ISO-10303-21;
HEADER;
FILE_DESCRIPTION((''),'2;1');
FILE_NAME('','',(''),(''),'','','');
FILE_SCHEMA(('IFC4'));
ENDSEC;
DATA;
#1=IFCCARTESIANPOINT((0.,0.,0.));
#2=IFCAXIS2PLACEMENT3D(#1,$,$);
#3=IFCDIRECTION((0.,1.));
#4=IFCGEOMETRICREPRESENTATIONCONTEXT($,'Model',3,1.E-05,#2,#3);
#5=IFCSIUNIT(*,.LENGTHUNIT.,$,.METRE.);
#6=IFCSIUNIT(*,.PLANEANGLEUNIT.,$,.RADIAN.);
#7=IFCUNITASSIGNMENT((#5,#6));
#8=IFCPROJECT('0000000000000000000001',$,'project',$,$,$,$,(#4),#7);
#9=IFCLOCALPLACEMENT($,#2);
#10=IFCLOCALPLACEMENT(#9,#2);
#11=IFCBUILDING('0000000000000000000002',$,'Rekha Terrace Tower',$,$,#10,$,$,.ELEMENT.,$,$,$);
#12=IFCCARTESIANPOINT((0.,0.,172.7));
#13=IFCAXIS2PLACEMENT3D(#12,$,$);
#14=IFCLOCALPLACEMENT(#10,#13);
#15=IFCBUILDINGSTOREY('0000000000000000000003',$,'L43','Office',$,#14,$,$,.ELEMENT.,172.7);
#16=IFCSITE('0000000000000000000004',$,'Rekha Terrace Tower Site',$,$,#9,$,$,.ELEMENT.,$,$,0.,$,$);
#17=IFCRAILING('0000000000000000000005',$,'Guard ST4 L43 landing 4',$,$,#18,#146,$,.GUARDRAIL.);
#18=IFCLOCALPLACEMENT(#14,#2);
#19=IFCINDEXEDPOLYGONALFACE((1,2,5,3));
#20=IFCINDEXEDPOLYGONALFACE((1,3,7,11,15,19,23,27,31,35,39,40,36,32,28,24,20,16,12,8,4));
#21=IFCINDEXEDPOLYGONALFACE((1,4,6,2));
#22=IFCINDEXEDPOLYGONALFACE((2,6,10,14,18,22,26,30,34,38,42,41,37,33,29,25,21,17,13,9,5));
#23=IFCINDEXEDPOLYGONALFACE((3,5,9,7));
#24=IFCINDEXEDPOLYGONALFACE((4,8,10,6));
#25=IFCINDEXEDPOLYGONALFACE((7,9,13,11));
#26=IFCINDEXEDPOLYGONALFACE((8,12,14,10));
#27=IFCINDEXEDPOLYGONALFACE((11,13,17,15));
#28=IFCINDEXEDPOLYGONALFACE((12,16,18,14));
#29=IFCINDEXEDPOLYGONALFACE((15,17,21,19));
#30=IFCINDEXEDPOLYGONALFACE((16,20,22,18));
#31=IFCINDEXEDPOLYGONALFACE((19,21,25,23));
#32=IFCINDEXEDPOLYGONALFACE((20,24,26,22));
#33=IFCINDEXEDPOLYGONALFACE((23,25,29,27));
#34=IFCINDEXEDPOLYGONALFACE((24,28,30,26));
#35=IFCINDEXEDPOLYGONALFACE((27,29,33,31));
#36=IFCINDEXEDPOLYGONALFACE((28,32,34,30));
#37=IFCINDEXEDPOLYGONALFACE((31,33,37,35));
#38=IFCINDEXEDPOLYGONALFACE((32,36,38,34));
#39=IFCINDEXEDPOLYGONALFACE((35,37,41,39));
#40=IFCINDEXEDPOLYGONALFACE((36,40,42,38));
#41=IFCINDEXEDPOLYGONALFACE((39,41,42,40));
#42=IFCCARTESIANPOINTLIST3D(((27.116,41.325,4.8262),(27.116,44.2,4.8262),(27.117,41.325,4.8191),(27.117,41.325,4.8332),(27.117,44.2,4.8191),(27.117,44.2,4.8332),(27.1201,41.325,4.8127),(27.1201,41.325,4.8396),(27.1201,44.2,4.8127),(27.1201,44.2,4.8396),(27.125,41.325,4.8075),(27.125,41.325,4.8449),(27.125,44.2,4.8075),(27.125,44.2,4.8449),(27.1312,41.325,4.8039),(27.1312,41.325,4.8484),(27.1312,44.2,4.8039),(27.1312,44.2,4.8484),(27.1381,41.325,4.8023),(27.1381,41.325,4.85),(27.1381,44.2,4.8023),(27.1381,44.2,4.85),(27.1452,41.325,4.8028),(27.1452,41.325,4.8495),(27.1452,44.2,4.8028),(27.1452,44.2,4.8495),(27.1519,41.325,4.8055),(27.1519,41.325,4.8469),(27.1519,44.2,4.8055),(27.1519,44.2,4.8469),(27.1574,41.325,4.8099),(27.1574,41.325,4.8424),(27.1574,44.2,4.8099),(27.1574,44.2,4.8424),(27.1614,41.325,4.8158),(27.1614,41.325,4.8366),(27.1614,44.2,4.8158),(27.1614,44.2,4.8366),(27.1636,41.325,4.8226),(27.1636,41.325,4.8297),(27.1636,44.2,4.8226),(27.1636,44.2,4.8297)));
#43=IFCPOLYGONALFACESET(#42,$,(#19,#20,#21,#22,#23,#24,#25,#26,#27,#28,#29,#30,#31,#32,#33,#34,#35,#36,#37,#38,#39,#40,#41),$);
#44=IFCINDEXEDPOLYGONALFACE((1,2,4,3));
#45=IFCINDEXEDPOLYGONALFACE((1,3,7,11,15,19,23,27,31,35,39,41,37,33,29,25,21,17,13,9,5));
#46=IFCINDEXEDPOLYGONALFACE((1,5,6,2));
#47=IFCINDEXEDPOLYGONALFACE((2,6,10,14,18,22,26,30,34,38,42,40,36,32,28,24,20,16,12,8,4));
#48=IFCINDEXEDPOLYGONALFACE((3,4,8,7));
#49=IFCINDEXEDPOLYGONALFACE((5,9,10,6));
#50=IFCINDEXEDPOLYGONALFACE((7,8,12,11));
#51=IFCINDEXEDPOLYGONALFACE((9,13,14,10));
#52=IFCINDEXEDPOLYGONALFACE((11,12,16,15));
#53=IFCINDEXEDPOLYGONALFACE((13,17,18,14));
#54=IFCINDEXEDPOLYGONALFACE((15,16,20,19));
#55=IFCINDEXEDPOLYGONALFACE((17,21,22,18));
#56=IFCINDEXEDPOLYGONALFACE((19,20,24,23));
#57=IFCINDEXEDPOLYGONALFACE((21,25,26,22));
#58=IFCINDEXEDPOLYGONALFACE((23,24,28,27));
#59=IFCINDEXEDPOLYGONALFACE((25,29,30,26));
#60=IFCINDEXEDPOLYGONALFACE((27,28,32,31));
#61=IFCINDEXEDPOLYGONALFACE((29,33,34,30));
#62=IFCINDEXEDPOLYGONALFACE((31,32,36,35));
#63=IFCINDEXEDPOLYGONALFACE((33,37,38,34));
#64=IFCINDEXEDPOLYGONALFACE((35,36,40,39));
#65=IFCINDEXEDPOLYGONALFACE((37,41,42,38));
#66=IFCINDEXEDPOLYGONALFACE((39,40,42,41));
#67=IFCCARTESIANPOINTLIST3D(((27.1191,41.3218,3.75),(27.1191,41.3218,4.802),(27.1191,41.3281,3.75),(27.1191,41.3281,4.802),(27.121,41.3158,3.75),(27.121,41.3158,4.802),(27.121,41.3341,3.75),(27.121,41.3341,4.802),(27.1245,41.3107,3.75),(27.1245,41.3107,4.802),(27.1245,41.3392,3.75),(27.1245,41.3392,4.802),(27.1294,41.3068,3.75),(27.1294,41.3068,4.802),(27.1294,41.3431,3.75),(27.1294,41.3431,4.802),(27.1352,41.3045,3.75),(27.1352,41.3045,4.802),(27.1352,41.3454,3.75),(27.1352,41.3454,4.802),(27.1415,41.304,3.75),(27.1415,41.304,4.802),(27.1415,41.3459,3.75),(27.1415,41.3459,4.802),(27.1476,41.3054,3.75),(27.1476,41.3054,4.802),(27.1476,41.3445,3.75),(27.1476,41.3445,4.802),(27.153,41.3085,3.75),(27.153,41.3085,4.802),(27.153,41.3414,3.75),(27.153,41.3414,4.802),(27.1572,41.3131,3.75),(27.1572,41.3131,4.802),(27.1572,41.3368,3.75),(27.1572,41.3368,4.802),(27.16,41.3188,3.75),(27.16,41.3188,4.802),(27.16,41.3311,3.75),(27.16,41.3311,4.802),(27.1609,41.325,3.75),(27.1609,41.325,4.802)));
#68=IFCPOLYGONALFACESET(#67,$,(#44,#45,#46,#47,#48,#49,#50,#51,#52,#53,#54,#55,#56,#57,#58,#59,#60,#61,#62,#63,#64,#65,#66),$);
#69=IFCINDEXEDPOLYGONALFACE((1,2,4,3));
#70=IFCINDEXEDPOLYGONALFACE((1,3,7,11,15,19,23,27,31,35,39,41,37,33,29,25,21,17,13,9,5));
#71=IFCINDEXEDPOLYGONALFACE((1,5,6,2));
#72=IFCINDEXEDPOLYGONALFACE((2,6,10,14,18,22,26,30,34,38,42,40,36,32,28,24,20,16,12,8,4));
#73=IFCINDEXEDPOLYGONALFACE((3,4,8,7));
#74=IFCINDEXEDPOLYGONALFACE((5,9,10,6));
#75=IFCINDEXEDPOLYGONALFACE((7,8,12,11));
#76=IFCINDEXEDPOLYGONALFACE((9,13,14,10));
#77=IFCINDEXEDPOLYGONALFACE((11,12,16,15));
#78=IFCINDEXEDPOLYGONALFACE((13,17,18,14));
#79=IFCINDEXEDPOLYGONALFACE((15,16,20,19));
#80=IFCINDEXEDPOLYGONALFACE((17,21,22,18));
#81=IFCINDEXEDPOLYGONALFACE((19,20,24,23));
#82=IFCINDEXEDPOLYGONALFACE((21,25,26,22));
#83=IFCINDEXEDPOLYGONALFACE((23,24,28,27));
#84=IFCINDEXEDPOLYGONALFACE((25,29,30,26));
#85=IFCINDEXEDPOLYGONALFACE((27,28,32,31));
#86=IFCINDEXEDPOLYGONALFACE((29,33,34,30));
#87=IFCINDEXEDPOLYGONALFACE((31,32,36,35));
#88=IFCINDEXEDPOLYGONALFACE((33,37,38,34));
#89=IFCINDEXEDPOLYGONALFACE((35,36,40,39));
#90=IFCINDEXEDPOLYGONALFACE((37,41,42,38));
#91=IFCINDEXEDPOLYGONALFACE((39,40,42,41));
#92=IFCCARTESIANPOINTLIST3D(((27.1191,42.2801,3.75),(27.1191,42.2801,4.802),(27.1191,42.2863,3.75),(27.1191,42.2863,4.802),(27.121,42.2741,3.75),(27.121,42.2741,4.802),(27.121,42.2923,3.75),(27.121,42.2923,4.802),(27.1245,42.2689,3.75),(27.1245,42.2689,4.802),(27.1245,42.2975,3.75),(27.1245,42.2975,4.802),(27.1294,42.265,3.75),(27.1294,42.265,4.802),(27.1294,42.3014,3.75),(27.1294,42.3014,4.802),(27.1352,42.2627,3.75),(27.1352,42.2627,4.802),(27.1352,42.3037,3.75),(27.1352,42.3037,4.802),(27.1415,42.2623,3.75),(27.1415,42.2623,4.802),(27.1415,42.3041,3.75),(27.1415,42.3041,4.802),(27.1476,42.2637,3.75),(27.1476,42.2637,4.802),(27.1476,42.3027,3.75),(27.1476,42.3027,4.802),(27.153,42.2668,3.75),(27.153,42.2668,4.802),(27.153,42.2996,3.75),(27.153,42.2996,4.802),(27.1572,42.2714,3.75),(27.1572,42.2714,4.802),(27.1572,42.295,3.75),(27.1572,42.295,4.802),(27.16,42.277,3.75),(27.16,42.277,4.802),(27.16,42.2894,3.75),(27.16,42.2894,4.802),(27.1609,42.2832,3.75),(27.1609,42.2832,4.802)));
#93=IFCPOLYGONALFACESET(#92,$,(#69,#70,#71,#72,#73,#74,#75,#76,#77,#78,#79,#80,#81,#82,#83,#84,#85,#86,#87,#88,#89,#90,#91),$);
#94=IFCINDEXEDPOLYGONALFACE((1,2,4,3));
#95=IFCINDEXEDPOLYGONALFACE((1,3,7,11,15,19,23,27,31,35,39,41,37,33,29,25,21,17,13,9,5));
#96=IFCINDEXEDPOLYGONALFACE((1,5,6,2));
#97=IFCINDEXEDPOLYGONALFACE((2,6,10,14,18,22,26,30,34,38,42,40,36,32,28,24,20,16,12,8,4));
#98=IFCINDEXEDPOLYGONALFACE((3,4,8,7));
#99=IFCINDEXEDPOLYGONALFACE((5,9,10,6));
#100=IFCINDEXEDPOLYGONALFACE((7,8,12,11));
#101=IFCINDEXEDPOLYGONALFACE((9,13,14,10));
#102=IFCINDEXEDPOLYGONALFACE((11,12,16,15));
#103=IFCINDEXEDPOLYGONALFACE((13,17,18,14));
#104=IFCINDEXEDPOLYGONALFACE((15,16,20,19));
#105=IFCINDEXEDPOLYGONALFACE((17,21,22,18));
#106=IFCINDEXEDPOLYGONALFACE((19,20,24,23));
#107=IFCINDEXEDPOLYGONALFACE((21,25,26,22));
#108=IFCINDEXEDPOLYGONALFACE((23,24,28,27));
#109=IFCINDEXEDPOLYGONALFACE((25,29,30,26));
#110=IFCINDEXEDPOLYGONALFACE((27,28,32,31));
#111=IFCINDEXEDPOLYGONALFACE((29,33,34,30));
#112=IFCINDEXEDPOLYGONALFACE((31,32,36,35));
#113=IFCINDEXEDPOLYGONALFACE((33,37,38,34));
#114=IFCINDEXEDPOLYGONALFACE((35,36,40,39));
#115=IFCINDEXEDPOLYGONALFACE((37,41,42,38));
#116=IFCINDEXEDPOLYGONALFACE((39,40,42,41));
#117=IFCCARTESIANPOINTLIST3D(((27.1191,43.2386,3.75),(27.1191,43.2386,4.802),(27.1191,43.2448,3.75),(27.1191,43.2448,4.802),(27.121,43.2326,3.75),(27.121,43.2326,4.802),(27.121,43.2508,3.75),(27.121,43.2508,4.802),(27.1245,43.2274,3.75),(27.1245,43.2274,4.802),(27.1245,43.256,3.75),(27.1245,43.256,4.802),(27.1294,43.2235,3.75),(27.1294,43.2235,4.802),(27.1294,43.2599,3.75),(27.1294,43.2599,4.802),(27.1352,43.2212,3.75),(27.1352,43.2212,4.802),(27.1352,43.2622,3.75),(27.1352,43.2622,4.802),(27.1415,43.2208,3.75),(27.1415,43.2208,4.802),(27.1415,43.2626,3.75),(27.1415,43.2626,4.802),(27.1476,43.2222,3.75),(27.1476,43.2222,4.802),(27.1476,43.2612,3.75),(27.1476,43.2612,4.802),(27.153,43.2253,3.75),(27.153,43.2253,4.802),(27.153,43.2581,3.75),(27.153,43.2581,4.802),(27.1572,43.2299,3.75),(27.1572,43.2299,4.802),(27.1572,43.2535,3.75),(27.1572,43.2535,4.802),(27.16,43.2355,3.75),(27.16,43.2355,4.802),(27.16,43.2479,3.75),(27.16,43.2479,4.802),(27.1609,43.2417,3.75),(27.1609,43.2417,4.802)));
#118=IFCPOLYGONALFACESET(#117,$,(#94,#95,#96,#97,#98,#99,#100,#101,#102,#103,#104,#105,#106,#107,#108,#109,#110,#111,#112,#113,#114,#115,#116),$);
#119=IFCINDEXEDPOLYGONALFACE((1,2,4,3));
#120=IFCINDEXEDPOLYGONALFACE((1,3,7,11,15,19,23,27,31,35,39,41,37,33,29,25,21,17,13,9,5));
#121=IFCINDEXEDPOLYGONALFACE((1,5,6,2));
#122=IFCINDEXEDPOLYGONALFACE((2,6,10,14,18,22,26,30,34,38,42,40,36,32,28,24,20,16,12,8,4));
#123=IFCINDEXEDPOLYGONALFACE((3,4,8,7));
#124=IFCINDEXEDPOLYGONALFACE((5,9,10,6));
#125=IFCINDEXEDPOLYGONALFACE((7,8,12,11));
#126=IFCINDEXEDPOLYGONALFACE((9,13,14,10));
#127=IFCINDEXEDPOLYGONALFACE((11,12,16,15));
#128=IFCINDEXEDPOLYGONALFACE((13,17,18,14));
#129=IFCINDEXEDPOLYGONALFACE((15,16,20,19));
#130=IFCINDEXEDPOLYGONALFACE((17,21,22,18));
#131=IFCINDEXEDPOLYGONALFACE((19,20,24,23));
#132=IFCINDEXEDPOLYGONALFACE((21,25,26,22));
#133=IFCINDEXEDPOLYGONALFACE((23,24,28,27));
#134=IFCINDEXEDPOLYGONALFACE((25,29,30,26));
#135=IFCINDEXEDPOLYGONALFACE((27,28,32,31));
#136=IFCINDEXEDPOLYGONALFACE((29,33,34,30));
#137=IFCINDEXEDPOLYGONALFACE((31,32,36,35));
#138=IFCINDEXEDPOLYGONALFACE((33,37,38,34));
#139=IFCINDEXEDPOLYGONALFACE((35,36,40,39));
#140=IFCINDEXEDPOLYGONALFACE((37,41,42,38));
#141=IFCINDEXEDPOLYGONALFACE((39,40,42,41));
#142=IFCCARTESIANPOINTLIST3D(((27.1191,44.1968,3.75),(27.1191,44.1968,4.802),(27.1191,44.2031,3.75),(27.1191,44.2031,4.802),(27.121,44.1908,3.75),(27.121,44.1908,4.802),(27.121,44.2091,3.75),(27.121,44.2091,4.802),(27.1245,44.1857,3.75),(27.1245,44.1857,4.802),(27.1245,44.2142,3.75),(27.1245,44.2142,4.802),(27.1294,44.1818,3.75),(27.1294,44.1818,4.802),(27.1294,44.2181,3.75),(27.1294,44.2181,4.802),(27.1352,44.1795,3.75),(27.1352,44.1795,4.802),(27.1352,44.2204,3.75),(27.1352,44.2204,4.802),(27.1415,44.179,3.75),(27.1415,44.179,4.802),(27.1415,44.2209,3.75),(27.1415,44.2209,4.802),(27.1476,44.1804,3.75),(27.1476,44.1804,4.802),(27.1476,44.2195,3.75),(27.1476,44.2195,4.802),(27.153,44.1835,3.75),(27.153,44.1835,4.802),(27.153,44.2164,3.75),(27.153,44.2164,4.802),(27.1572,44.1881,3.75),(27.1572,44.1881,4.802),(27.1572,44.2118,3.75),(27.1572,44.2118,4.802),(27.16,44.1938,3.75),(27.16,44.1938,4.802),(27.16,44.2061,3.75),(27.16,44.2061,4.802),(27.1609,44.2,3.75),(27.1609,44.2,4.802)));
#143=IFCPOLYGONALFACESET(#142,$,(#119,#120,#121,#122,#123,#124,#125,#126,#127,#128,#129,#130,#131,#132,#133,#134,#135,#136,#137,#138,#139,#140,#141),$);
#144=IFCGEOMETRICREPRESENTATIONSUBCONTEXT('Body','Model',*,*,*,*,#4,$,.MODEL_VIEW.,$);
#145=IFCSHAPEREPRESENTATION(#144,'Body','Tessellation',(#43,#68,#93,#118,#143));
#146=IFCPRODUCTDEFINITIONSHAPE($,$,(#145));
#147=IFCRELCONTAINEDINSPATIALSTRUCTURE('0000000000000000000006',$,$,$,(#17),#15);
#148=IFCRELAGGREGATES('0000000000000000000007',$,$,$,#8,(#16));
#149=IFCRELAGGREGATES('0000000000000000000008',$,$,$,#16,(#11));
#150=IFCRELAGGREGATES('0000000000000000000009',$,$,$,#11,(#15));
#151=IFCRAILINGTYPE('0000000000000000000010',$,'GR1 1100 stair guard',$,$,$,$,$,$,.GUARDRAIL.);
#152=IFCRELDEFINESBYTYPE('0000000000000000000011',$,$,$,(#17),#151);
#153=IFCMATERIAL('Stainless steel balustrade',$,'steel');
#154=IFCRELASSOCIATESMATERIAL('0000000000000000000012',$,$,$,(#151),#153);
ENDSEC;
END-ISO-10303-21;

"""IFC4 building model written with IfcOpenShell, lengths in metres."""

from ifc_helpers import new_model, si_unit, direction, frame, origin, origin_2d, place, context, subcontext, project, spatial, circle, extrude, material, type_object, element, save


model = new_model("IFC4")

# Units and contexts
model_context = context("Model", 3, precision=1e-05, world=origin(), true_north=direction((0.0, 1.0)))
body_context = subcontext(model_context, "Body", "Model", "MODEL_VIEW")
ifc_project = project(units=[si_unit("LENGTHUNIT", "METRE"), si_unit("PLANEANGLEUNIT", "RADIAN")], contexts=[model_context])

# Site, building, storey
site_placement = place(None, origin())
site = spatial("IfcSite", under=ifc_project, at=site_placement, Name="Rekha Terrace Tower Site", CompositionType="ELEMENT", RefElevation=0.0)
building_placement = place(site_placement, origin())
building = spatial("IfcBuilding", under=site, at=building_placement, Name="Rekha Terrace Tower", CompositionType="ELEMENT")
storey_placement = place(building_placement, frame((0.0, 0.0, 172.7)))
storey = spatial("IfcBuildingStorey", under=building, at=storey_placement, Name="L43", Description="Office", CompositionType="ELEMENT", Elevation=172.7)

# Railing
ifc_material_1 = material(Name="Stainless steel balustrade", Category="steel")
railing_type_1 = type_object("IfcRailingType", Name="GR1 1100 stair guard", PredefinedType="GUARDRAIL", material=ifc_material_1)
railing_1_placement = place(storey_placement, frame((27.1399, 41.325, 3.75)))
element("IfcRailing", 1, at=railing_1_placement, inside=storey, type_object=railing_type_1, Name="Guard ST4 L43 landing 4", PredefinedType="GUARDRAIL", context=body_context, shape_type="SweptSolid", body=[
    extrude(circle(Radius=0.0239, at=origin_2d()), frame((0.0, 0.0, 1.0762), z_axis=(0.0, 1.0, 0.0), x_axis=(-1.0, 0.0, 0.0)), (0.0, 0.0, 1.0), 2.875),
    extrude(circle(Radius=0.021, at=origin_2d()), origin(), (0.0, 0.0, 1.0), 1.052),
    extrude(circle(Radius=0.021, at=origin_2d()), frame((0.0, 0.9583, 0.0)), (0.0, 0.0, 1.0), 1.052),
    extrude(circle(Radius=0.021, at=origin_2d()), frame((0.0, 1.9167, 0.0)), (0.0, 0.0, 1.0), 1.052),
    extrude(circle(Radius=0.021, at=origin_2d()), frame((0.0, 2.875, 0.0)), (0.0, 0.0, 1.0), 1.052),
])

save(model, "model.ifc")
